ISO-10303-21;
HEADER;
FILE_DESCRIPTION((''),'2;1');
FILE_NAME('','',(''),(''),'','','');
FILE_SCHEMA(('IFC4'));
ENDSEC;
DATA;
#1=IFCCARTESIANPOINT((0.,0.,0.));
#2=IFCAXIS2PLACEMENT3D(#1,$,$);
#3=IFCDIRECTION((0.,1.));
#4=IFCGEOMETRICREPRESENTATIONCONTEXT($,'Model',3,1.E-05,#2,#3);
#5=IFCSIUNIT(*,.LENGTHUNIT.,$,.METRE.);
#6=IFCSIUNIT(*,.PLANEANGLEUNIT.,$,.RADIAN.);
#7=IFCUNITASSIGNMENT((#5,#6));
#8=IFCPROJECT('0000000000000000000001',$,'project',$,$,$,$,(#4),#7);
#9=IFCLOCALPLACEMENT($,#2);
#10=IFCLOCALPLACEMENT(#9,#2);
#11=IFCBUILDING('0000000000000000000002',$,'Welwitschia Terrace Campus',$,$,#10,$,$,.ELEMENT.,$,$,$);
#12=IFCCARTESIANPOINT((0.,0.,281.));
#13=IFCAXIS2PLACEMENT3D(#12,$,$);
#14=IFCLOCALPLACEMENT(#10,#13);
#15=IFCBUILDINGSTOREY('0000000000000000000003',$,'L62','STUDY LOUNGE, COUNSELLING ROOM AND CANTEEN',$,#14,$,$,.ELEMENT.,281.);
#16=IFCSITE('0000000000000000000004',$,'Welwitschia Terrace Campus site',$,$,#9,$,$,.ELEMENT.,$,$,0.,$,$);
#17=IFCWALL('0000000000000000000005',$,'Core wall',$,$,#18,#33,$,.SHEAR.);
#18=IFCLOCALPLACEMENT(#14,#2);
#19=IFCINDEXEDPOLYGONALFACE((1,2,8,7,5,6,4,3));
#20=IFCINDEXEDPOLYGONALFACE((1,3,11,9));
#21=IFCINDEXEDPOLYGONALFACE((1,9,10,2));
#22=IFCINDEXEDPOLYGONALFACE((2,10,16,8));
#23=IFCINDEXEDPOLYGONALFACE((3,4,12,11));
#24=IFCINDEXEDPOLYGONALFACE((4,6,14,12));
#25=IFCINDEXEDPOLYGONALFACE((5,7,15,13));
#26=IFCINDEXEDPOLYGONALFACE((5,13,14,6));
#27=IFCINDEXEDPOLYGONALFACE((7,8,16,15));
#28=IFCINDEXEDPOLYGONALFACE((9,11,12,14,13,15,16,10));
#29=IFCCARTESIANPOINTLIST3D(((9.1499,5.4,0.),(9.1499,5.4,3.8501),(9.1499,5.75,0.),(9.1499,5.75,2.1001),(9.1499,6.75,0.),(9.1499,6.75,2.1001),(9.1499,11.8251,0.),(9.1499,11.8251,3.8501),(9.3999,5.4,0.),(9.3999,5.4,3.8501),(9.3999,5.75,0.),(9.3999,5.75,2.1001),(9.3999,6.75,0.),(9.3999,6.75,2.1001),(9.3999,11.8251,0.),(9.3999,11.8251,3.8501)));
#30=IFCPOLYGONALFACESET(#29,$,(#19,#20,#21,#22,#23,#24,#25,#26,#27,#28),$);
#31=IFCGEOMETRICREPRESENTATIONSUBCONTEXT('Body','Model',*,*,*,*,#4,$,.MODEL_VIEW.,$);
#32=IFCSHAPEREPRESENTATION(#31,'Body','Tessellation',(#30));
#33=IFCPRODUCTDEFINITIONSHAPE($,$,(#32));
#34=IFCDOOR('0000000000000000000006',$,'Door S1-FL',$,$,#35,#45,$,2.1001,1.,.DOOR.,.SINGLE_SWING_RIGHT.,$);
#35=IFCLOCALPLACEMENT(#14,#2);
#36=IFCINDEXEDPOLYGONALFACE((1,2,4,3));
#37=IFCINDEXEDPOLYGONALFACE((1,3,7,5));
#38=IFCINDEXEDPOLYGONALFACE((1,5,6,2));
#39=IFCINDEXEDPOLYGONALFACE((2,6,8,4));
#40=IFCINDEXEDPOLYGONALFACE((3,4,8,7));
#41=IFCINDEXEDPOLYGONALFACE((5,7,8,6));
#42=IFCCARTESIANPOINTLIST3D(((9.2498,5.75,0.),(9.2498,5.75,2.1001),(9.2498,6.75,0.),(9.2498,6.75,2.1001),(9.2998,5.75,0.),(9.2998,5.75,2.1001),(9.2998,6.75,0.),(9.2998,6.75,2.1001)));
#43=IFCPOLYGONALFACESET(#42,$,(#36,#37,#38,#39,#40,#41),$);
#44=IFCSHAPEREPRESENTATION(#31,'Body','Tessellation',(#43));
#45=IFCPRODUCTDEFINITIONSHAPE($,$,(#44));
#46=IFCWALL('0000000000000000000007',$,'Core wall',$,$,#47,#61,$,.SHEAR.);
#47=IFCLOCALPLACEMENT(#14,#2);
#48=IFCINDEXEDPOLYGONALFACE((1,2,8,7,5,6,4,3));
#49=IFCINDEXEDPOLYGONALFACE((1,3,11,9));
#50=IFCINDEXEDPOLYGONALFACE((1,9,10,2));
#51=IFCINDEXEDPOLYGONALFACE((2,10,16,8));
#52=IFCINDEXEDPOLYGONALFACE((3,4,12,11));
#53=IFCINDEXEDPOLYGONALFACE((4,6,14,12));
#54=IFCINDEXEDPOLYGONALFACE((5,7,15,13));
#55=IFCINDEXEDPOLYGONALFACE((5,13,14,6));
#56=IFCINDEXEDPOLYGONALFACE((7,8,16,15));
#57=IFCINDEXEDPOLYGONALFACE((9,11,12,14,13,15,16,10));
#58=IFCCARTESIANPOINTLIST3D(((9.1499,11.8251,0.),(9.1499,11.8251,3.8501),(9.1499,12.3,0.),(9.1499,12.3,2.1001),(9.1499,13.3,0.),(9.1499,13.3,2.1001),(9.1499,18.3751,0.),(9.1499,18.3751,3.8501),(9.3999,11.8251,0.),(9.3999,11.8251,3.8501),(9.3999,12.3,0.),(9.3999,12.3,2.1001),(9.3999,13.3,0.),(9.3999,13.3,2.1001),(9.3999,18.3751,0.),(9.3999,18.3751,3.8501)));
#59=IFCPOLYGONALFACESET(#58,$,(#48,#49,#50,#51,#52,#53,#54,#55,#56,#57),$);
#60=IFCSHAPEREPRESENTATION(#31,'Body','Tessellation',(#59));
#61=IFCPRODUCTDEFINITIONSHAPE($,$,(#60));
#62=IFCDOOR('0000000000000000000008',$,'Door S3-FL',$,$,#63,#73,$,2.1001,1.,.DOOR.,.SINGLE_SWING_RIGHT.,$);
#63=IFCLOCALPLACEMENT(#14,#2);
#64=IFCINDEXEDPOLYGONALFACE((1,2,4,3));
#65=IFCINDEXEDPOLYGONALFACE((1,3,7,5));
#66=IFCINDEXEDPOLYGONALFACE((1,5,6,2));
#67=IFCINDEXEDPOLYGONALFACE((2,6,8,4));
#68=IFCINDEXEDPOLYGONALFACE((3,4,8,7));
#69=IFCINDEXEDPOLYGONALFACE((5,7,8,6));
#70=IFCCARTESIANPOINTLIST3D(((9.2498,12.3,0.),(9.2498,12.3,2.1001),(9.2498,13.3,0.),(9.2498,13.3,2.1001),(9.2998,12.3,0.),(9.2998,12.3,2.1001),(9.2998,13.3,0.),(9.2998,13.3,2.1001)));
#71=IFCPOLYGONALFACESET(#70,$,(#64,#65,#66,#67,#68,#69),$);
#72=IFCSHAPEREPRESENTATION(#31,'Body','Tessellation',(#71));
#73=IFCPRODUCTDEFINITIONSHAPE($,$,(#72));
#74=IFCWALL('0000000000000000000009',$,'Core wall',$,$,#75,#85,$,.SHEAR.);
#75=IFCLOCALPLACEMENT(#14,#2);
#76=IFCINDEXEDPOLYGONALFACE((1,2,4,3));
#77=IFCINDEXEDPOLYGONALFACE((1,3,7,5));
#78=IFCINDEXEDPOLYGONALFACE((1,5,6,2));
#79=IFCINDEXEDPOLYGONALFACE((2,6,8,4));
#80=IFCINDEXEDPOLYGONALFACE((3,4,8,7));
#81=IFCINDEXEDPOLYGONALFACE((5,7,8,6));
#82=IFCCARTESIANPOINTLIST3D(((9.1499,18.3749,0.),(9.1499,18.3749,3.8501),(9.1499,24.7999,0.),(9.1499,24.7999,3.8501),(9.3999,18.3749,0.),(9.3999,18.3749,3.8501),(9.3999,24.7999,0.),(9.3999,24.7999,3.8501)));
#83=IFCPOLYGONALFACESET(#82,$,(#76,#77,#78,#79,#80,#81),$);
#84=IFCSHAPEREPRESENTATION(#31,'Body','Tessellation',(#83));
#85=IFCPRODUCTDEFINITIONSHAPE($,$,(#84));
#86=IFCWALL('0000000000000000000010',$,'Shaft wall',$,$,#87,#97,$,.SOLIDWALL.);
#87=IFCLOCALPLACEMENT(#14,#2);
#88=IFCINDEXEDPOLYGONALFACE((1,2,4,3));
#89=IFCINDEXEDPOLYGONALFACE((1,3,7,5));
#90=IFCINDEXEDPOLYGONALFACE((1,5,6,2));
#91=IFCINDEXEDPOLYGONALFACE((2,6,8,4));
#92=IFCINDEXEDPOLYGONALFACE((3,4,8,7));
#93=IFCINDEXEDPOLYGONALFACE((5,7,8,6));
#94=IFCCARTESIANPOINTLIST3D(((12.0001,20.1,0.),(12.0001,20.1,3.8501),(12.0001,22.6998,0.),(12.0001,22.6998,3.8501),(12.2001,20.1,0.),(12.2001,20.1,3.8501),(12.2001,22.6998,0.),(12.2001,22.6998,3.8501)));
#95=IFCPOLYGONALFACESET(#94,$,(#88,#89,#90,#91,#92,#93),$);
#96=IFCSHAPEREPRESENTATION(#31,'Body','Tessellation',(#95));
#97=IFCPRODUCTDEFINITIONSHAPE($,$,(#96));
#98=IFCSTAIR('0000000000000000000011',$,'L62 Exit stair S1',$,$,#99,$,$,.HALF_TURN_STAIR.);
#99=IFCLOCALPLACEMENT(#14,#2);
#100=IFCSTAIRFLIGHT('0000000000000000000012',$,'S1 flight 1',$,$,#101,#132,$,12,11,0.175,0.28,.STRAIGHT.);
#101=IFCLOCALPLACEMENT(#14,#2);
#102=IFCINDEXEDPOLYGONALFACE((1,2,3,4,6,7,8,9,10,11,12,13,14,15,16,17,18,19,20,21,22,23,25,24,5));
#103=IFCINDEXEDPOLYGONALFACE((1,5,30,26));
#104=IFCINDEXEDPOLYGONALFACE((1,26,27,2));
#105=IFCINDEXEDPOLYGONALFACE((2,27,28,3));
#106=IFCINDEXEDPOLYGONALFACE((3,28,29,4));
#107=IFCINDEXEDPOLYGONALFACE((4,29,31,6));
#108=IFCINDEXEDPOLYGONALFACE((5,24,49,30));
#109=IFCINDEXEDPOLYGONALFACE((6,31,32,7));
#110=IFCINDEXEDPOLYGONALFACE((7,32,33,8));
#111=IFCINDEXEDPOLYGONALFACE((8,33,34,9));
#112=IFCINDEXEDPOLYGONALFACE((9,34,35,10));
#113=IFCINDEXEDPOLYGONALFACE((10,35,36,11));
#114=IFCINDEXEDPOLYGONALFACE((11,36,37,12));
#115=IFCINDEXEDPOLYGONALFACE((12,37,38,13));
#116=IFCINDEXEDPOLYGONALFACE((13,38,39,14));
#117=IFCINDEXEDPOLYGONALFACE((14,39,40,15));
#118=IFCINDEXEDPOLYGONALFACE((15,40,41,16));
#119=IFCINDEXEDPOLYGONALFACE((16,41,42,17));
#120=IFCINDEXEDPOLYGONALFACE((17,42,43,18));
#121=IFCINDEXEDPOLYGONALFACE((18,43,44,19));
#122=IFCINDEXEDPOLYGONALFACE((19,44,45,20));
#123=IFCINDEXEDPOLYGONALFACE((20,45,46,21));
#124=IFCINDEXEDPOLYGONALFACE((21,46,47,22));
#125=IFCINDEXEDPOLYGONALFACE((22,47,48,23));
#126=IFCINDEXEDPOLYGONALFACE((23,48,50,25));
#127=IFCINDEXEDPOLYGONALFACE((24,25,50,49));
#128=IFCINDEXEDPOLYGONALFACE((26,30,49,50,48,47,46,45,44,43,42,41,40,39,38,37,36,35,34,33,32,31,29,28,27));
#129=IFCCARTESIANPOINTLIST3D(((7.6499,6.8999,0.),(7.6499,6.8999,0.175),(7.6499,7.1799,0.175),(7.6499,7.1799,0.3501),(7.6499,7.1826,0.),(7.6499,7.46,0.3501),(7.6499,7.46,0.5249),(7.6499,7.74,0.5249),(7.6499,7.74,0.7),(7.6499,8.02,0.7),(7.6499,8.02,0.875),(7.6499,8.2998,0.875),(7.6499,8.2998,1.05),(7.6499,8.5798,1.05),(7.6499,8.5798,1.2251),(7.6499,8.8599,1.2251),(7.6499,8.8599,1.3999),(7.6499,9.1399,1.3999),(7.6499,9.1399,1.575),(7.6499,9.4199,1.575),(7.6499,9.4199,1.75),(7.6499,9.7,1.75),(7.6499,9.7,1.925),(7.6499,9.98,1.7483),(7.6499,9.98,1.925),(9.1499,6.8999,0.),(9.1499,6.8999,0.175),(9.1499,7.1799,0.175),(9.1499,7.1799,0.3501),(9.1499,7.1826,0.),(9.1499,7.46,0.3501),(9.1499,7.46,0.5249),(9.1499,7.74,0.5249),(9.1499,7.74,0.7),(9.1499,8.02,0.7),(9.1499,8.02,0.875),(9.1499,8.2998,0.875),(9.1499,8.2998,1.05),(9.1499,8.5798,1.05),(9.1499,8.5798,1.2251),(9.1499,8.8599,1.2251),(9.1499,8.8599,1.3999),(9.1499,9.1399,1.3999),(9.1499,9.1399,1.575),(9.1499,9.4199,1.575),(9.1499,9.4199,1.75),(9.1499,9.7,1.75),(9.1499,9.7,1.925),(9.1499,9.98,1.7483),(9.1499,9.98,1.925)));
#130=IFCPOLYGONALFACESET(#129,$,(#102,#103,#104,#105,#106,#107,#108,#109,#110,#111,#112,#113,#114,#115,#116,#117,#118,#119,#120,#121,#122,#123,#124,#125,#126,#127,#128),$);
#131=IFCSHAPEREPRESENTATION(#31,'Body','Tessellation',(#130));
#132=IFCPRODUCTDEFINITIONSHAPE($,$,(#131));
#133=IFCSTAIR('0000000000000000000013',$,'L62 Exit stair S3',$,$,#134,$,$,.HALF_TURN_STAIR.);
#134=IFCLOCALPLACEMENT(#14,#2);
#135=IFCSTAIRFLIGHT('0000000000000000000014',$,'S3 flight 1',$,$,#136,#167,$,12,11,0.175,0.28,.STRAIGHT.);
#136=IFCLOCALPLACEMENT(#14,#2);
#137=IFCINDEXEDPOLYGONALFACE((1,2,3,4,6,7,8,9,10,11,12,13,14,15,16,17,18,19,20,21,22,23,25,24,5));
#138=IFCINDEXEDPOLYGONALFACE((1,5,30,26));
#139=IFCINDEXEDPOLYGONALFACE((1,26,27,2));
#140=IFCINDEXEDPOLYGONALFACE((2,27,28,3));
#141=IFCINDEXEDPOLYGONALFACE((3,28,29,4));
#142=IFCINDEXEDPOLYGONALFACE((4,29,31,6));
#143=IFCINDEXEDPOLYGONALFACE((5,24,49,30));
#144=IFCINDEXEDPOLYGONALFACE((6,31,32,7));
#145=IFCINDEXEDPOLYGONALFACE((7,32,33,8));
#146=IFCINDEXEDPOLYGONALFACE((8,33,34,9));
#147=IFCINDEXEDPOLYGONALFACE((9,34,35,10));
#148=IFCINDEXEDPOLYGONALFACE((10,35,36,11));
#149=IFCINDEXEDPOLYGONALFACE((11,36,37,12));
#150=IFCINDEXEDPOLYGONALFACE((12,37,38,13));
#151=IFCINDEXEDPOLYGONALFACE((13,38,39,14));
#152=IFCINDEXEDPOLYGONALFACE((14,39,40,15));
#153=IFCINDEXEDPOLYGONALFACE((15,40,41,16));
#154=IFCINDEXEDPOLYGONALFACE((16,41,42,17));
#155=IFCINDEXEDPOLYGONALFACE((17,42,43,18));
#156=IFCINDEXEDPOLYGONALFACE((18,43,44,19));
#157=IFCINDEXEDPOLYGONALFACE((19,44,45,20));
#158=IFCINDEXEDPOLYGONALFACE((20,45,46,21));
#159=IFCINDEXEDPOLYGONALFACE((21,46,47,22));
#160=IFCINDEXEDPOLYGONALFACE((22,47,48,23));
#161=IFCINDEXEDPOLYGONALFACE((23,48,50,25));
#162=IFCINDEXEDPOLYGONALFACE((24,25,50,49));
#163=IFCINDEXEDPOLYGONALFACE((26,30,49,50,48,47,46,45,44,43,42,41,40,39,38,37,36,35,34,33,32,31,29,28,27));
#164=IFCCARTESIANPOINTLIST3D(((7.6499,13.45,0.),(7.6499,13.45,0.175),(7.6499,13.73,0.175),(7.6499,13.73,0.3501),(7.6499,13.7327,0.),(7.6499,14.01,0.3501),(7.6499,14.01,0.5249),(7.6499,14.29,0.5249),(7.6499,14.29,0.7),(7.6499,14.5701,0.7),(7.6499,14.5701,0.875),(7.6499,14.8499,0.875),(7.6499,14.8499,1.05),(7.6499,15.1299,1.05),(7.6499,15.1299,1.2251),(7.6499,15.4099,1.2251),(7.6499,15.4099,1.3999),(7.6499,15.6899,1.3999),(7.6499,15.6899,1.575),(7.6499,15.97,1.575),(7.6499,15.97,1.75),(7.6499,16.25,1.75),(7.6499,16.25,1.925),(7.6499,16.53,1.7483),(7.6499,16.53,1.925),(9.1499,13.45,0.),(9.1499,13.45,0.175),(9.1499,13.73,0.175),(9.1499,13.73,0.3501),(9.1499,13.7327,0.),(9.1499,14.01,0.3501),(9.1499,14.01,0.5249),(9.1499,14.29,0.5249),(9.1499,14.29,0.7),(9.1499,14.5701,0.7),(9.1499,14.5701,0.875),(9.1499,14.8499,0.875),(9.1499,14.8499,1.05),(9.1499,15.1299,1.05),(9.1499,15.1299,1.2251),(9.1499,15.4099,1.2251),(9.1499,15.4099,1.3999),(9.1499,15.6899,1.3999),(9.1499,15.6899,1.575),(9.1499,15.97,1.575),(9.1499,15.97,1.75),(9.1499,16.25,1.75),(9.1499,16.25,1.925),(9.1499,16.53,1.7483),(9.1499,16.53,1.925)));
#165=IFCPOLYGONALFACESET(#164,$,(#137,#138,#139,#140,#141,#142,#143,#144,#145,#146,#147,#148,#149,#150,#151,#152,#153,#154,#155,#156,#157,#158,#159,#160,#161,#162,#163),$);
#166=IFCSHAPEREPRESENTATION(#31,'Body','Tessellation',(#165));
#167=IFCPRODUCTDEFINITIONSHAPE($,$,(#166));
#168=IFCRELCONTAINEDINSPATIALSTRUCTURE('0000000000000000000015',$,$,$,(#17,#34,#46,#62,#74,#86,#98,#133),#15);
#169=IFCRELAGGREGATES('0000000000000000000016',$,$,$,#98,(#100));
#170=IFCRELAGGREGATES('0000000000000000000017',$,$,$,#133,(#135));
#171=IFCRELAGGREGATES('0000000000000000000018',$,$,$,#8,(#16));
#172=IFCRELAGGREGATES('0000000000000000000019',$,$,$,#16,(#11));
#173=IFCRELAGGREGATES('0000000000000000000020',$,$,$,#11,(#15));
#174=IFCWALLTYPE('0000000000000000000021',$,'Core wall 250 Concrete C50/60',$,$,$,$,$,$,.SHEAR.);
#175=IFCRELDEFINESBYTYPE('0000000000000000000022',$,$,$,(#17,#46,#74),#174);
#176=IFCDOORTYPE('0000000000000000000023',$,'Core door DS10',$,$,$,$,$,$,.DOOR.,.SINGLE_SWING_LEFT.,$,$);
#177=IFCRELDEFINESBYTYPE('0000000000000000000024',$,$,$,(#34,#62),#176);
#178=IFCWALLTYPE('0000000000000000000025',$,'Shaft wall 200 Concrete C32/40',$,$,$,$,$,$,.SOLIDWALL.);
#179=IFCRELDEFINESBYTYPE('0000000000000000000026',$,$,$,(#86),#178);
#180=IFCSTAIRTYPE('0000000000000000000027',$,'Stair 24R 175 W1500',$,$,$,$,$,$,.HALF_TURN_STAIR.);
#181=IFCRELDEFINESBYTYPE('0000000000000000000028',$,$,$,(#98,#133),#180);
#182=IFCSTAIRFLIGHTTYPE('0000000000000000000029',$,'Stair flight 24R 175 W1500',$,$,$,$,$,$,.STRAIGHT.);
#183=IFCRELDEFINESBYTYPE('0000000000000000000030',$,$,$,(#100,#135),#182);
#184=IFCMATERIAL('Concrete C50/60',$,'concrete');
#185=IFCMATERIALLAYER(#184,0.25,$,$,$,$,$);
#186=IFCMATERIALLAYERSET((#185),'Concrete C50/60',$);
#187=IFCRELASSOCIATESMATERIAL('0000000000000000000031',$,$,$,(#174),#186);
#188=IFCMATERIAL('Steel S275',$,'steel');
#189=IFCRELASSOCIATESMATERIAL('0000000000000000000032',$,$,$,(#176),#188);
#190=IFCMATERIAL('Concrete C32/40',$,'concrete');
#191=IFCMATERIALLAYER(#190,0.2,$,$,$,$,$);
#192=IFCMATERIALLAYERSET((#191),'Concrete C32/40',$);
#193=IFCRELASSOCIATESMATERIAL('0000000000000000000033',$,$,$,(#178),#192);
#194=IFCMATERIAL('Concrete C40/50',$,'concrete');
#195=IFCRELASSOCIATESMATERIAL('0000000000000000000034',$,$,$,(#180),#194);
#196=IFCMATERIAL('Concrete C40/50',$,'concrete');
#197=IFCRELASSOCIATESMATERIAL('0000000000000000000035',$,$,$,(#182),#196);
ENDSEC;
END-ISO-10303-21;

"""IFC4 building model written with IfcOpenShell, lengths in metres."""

from ifc_helpers import new_model, si_unit, direction, frame, frame_2d, origin, place, context, subcontext, project, spatial, polyline, rectangle, outline, extrude, material, layer, layer_set, type_object, element, fill, aggregate, save


model = new_model("IFC4")

# Units and contexts
model_context = context("Model", 3, precision=1e-05, world=origin(), true_north=direction((0.0, 1.0)))
body_context = subcontext(model_context, "Body", "Model", "MODEL_VIEW")
ifc_project = project(units=[si_unit("LENGTHUNIT", "METRE"), si_unit("PLANEANGLEUNIT", "RADIAN")], contexts=[model_context])

# Site, building, storey
site_placement = place(None, origin())
site = spatial("IfcSite", under=ifc_project, at=site_placement, Name="Welwitschia Terrace Campus site", CompositionType="ELEMENT", RefElevation=0.0)
building_placement = place(site_placement, origin())
building = spatial("IfcBuilding", under=site, at=building_placement, Name="Welwitschia Terrace Campus", CompositionType="ELEMENT")
storey_placement = place(building_placement, frame((0.0, 0.0, 281.0)))
storey = spatial("IfcBuildingStorey", under=building, at=storey_placement, Name="L62", Description="STUDY LOUNGE, COUNSELLING ROOM AND CANTEEN", CompositionType="ELEMENT", Elevation=281.0)

# Walls, openings, doors
ifc_material_1 = material(Name="Concrete C50/60", Category="concrete")
ifc_layer_1 = layer(ifc_material_1, 0.25)
ifc_layer_set_1 = layer_set([ifc_layer_1], Name="Concrete C50/60")
wall_type_1 = type_object("IfcWallType", Name="Core wall 250 Concrete C50/60", PredefinedType="SHEAR", material=ifc_layer_set_1)
wall_1_placement = place(storey_placement, frame((9.2749, 11.825, 0.0), z_axis=(0.0, 0.0, 1.0), x_axis=(0.0, -1.0, 0.0)))
wall_1 = element("IfcWall", 1, at=wall_1_placement, inside=storey, type_object=wall_type_1, Name="Core wall", PredefinedType="SHEAR", context=body_context, shape_type="SweptSolid", body=[
    extrude(rectangle(XDim=6.425, YDim=0.25, at=frame_2d((3.2124, 0.0))), origin(), (0.0, 0.0, 1.0), 3.8501),
])
opening_1_placement = place(wall_1_placement, frame((5.075, 0.0, 0.0)))
opening_1 = element("IfcOpeningElement", 2, at=opening_1_placement, cuts=wall_1, PredefinedType="OPENING", context=body_context, shape_type="SweptSolid", body=[
    extrude(rectangle(XDim=1.0, YDim=2.1001, at=frame_2d((0.5, 1.05))), frame((0.0, 0.135, 0.0), z_axis=(0.0, -1.0, 0.0), x_axis=(1.0, 0.0, 0.0)), (0.0, 0.0, 1.0), 0.27),
])
ifc_material_2 = material(Name="Steel S275", Category="steel")
door_type_1 = type_object("IfcDoorType", Name="Core door DS10", OperationType="SINGLE_SWING_LEFT", PredefinedType="DOOR", material=ifc_material_2)
door_1_placement = place(opening_1_placement, origin())
door_1 = element("IfcDoor", 3, at=door_1_placement, inside=storey, type_object=door_type_1, Name="Door S1-FL", OperationType="SINGLE_SWING_RIGHT", OverallHeight=2.1001, OverallWidth=1.0, PredefinedType="DOOR", context=body_context, shape_type="SweptSolid", body=[
    extrude(rectangle(XDim=1.0, YDim=2.1001, at=frame_2d((0.5, 1.05))), frame((0.0, 0.0249, 0.0), z_axis=(0.0, -1.0, 0.0), x_axis=(1.0, 0.0, 0.0)), (0.0, 0.0, 1.0), 0.05),
])
fill(opening_1, door_1)
wall_2_placement = place(storey_placement, frame((9.2749, 18.375, 0.0), z_axis=(0.0, 0.0, 1.0), x_axis=(0.0, -1.0, 0.0)))
wall_2 = element("IfcWall", 4, at=wall_2_placement, inside=storey, type_object=wall_type_1, Name="Core wall", PredefinedType="SHEAR", context=body_context, shape_type="SweptSolid", body=[
    extrude(rectangle(XDim=6.55, YDim=0.25, at=frame_2d((3.2749, 0.0))), origin(), (0.0, 0.0, 1.0), 3.8501),
])
opening_2_placement = place(wall_2_placement, frame((5.075, 0.0, 0.0)))
opening_2 = element("IfcOpeningElement", 5, at=opening_2_placement, cuts=wall_2, PredefinedType="OPENING", context=body_context, shape_type="SweptSolid", body=[
    extrude(rectangle(XDim=1.0, YDim=2.1001, at=frame_2d((0.5, 1.05))), frame((0.0, 0.135, 0.0), z_axis=(0.0, -1.0, 0.0), x_axis=(1.0, 0.0, 0.0)), (0.0, 0.0, 1.0), 0.27),
])
door_2_placement = place(opening_2_placement, origin())
door_2 = element("IfcDoor", 6, at=door_2_placement, inside=storey, type_object=door_type_1, Name="Door S3-FL", OperationType="SINGLE_SWING_RIGHT", OverallHeight=2.1001, OverallWidth=1.0, PredefinedType="DOOR", context=body_context, shape_type="SweptSolid", body=[
    extrude(rectangle(XDim=1.0, YDim=2.1001, at=frame_2d((0.5, 1.05))), frame((0.0, 0.0249, 0.0), z_axis=(0.0, -1.0, 0.0), x_axis=(1.0, 0.0, 0.0)), (0.0, 0.0, 1.0), 0.05),
])
fill(opening_2, door_2)

# Walls
wall_3_placement = place(storey_placement, frame((9.2749, 18.375, 0.0), z_axis=(0.0, 0.0, 1.0), x_axis=(0.0, 1.0, 0.0)))
element("IfcWall", 7, at=wall_3_placement, inside=storey, type_object=wall_type_1, Name="Core wall", PredefinedType="SHEAR", context=body_context, shape_type="SweptSolid", body=[
    extrude(rectangle(XDim=6.425, YDim=0.25, at=frame_2d((3.2124, 0.0))), origin(), (0.0, 0.0, 1.0), 3.8501),
])
ifc_material_3 = material(Name="Concrete C32/40", Category="concrete")
ifc_layer_2 = layer(ifc_material_3, 0.2)
ifc_layer_set_2 = layer_set([ifc_layer_2], Name="Concrete C32/40")
wall_type_2 = type_object("IfcWallType", Name="Shaft wall 200 Concrete C32/40", PredefinedType="SOLIDWALL", material=ifc_layer_set_2)
wall_4_placement = place(storey_placement, frame((12.1001, 20.1001, 0.0), z_axis=(0.0, 0.0, 1.0), x_axis=(0.0, 1.0, 0.0)))
element("IfcWall", 8, at=wall_4_placement, inside=storey, type_object=wall_type_2, Name="Shaft wall", PredefinedType="SOLIDWALL", context=body_context, shape_type="SweptSolid", body=[
    extrude(rectangle(XDim=2.5999, YDim=0.2, at=frame_2d((1.2998, 0.0))), origin(), (0.0, 0.0, 1.0), 3.8501),
])

# Stairs, stair flights
ifc_material_4 = material(Name="Concrete C40/50", Category="concrete")
stair_type = type_object("IfcStairType", Name="Stair 24R 175 W1500", PredefinedType="HALF_TURN_STAIR", material=ifc_material_4)
stair_1_placement = place(storey_placement, origin())
stair_1 = element("IfcStair", 9, at=stair_1_placement, inside=storey, type_object=stair_type, Name="L62 Exit stair S1", PredefinedType="HALF_TURN_STAIR")
ifc_material_5 = material(Name="Concrete C40/50", Category="concrete")
stair_flight_type = type_object("IfcStairFlightType", Name="Stair flight 24R 175 W1500", PredefinedType="STRAIGHT", material=ifc_material_5)
stair_flight_1_placement = place(storey_placement, frame((8.3999, 6.8999, 0.0), z_axis=(0.0, 0.0, 1.0), x_axis=(0.0, 1.0, 0.0)))
stair_flight_1 = element("IfcStairFlight", 10, at=stair_flight_1_placement, type_object=stair_flight_type, Name="S1 flight 1", NumberOfRisers=12, NumberOfTreads=11, PredefinedType="STRAIGHT", RiserHeight=0.175, TreadLength=0.28, context=body_context, shape_type="SweptSolid", body=[
    extrude(outline(polyline([(0.0, 0.0), (0.0, 0.175), (0.28, 0.175), (0.28, 0.3501), (0.5601, 0.3501), (0.5601, 0.5249), (0.8401, 0.5249), (0.8401, 0.7), (1.1201, 0.7), (1.1201, 0.875), (1.3999, 0.875), (1.3999, 1.05), (1.6799, 1.05), (1.6799, 1.2251), (1.96, 1.2251), (1.96, 1.3999), (2.24, 1.3999), (2.24, 1.575), (2.52, 1.575), (2.52, 1.75), (2.8, 1.75), (2.8, 1.925), (3.0801, 1.925), (3.0801, 2.1001), (3.0801, 1.7483), (0.2827, 0.0), (0.0, 0.0)])), frame((0.0, 0.75, 0.0), z_axis=(0.0, -1.0, 0.0), x_axis=(1.0, 0.0, 0.0)), (0.0, 0.0, 1.0), 1.5),
])
aggregate(stair_1, [stair_flight_1])
stair_2_placement = place(storey_placement, origin())
stair_2 = element("IfcStair", 11, at=stair_2_placement, inside=storey, type_object=stair_type, Name="L62 Exit stair S3", PredefinedType="HALF_TURN_STAIR")
stair_flight_2_placement = place(storey_placement, frame((8.3999, 13.45, 0.0), z_axis=(0.0, 0.0, 1.0), x_axis=(0.0, 1.0, 0.0)))
stair_flight_2 = element("IfcStairFlight", 12, at=stair_flight_2_placement, type_object=stair_flight_type, Name="S3 flight 1", NumberOfRisers=12, NumberOfTreads=11, PredefinedType="STRAIGHT", RiserHeight=0.175, TreadLength=0.28, context=body_context, shape_type="SweptSolid", body=[
    extrude(outline(polyline([(0.0, 0.0), (0.0, 0.175), (0.28, 0.175), (0.28, 0.3501), (0.5601, 0.3501), (0.5601, 0.5249), (0.8401, 0.5249), (0.8401, 0.7), (1.1201, 0.7), (1.1201, 0.875), (1.3999, 0.875), (1.3999, 1.05), (1.6799, 1.05), (1.6799, 1.2251), (1.96, 1.2251), (1.96, 1.3999), (2.24, 1.3999), (2.24, 1.575), (2.52, 1.575), (2.52, 1.75), (2.8, 1.75), (2.8, 1.925), (3.0801, 1.925), (3.0801, 2.1001), (3.0801, 1.7483), (0.2827, 0.0), (0.0, 0.0)])), frame((0.0, 0.75, 0.0), z_axis=(0.0, -1.0, 0.0), x_axis=(1.0, 0.0, 0.0)), (0.0, 0.0, 1.0), 1.5),
])
aggregate(stair_2, [stair_flight_2])

save(model, "model.ifc")
